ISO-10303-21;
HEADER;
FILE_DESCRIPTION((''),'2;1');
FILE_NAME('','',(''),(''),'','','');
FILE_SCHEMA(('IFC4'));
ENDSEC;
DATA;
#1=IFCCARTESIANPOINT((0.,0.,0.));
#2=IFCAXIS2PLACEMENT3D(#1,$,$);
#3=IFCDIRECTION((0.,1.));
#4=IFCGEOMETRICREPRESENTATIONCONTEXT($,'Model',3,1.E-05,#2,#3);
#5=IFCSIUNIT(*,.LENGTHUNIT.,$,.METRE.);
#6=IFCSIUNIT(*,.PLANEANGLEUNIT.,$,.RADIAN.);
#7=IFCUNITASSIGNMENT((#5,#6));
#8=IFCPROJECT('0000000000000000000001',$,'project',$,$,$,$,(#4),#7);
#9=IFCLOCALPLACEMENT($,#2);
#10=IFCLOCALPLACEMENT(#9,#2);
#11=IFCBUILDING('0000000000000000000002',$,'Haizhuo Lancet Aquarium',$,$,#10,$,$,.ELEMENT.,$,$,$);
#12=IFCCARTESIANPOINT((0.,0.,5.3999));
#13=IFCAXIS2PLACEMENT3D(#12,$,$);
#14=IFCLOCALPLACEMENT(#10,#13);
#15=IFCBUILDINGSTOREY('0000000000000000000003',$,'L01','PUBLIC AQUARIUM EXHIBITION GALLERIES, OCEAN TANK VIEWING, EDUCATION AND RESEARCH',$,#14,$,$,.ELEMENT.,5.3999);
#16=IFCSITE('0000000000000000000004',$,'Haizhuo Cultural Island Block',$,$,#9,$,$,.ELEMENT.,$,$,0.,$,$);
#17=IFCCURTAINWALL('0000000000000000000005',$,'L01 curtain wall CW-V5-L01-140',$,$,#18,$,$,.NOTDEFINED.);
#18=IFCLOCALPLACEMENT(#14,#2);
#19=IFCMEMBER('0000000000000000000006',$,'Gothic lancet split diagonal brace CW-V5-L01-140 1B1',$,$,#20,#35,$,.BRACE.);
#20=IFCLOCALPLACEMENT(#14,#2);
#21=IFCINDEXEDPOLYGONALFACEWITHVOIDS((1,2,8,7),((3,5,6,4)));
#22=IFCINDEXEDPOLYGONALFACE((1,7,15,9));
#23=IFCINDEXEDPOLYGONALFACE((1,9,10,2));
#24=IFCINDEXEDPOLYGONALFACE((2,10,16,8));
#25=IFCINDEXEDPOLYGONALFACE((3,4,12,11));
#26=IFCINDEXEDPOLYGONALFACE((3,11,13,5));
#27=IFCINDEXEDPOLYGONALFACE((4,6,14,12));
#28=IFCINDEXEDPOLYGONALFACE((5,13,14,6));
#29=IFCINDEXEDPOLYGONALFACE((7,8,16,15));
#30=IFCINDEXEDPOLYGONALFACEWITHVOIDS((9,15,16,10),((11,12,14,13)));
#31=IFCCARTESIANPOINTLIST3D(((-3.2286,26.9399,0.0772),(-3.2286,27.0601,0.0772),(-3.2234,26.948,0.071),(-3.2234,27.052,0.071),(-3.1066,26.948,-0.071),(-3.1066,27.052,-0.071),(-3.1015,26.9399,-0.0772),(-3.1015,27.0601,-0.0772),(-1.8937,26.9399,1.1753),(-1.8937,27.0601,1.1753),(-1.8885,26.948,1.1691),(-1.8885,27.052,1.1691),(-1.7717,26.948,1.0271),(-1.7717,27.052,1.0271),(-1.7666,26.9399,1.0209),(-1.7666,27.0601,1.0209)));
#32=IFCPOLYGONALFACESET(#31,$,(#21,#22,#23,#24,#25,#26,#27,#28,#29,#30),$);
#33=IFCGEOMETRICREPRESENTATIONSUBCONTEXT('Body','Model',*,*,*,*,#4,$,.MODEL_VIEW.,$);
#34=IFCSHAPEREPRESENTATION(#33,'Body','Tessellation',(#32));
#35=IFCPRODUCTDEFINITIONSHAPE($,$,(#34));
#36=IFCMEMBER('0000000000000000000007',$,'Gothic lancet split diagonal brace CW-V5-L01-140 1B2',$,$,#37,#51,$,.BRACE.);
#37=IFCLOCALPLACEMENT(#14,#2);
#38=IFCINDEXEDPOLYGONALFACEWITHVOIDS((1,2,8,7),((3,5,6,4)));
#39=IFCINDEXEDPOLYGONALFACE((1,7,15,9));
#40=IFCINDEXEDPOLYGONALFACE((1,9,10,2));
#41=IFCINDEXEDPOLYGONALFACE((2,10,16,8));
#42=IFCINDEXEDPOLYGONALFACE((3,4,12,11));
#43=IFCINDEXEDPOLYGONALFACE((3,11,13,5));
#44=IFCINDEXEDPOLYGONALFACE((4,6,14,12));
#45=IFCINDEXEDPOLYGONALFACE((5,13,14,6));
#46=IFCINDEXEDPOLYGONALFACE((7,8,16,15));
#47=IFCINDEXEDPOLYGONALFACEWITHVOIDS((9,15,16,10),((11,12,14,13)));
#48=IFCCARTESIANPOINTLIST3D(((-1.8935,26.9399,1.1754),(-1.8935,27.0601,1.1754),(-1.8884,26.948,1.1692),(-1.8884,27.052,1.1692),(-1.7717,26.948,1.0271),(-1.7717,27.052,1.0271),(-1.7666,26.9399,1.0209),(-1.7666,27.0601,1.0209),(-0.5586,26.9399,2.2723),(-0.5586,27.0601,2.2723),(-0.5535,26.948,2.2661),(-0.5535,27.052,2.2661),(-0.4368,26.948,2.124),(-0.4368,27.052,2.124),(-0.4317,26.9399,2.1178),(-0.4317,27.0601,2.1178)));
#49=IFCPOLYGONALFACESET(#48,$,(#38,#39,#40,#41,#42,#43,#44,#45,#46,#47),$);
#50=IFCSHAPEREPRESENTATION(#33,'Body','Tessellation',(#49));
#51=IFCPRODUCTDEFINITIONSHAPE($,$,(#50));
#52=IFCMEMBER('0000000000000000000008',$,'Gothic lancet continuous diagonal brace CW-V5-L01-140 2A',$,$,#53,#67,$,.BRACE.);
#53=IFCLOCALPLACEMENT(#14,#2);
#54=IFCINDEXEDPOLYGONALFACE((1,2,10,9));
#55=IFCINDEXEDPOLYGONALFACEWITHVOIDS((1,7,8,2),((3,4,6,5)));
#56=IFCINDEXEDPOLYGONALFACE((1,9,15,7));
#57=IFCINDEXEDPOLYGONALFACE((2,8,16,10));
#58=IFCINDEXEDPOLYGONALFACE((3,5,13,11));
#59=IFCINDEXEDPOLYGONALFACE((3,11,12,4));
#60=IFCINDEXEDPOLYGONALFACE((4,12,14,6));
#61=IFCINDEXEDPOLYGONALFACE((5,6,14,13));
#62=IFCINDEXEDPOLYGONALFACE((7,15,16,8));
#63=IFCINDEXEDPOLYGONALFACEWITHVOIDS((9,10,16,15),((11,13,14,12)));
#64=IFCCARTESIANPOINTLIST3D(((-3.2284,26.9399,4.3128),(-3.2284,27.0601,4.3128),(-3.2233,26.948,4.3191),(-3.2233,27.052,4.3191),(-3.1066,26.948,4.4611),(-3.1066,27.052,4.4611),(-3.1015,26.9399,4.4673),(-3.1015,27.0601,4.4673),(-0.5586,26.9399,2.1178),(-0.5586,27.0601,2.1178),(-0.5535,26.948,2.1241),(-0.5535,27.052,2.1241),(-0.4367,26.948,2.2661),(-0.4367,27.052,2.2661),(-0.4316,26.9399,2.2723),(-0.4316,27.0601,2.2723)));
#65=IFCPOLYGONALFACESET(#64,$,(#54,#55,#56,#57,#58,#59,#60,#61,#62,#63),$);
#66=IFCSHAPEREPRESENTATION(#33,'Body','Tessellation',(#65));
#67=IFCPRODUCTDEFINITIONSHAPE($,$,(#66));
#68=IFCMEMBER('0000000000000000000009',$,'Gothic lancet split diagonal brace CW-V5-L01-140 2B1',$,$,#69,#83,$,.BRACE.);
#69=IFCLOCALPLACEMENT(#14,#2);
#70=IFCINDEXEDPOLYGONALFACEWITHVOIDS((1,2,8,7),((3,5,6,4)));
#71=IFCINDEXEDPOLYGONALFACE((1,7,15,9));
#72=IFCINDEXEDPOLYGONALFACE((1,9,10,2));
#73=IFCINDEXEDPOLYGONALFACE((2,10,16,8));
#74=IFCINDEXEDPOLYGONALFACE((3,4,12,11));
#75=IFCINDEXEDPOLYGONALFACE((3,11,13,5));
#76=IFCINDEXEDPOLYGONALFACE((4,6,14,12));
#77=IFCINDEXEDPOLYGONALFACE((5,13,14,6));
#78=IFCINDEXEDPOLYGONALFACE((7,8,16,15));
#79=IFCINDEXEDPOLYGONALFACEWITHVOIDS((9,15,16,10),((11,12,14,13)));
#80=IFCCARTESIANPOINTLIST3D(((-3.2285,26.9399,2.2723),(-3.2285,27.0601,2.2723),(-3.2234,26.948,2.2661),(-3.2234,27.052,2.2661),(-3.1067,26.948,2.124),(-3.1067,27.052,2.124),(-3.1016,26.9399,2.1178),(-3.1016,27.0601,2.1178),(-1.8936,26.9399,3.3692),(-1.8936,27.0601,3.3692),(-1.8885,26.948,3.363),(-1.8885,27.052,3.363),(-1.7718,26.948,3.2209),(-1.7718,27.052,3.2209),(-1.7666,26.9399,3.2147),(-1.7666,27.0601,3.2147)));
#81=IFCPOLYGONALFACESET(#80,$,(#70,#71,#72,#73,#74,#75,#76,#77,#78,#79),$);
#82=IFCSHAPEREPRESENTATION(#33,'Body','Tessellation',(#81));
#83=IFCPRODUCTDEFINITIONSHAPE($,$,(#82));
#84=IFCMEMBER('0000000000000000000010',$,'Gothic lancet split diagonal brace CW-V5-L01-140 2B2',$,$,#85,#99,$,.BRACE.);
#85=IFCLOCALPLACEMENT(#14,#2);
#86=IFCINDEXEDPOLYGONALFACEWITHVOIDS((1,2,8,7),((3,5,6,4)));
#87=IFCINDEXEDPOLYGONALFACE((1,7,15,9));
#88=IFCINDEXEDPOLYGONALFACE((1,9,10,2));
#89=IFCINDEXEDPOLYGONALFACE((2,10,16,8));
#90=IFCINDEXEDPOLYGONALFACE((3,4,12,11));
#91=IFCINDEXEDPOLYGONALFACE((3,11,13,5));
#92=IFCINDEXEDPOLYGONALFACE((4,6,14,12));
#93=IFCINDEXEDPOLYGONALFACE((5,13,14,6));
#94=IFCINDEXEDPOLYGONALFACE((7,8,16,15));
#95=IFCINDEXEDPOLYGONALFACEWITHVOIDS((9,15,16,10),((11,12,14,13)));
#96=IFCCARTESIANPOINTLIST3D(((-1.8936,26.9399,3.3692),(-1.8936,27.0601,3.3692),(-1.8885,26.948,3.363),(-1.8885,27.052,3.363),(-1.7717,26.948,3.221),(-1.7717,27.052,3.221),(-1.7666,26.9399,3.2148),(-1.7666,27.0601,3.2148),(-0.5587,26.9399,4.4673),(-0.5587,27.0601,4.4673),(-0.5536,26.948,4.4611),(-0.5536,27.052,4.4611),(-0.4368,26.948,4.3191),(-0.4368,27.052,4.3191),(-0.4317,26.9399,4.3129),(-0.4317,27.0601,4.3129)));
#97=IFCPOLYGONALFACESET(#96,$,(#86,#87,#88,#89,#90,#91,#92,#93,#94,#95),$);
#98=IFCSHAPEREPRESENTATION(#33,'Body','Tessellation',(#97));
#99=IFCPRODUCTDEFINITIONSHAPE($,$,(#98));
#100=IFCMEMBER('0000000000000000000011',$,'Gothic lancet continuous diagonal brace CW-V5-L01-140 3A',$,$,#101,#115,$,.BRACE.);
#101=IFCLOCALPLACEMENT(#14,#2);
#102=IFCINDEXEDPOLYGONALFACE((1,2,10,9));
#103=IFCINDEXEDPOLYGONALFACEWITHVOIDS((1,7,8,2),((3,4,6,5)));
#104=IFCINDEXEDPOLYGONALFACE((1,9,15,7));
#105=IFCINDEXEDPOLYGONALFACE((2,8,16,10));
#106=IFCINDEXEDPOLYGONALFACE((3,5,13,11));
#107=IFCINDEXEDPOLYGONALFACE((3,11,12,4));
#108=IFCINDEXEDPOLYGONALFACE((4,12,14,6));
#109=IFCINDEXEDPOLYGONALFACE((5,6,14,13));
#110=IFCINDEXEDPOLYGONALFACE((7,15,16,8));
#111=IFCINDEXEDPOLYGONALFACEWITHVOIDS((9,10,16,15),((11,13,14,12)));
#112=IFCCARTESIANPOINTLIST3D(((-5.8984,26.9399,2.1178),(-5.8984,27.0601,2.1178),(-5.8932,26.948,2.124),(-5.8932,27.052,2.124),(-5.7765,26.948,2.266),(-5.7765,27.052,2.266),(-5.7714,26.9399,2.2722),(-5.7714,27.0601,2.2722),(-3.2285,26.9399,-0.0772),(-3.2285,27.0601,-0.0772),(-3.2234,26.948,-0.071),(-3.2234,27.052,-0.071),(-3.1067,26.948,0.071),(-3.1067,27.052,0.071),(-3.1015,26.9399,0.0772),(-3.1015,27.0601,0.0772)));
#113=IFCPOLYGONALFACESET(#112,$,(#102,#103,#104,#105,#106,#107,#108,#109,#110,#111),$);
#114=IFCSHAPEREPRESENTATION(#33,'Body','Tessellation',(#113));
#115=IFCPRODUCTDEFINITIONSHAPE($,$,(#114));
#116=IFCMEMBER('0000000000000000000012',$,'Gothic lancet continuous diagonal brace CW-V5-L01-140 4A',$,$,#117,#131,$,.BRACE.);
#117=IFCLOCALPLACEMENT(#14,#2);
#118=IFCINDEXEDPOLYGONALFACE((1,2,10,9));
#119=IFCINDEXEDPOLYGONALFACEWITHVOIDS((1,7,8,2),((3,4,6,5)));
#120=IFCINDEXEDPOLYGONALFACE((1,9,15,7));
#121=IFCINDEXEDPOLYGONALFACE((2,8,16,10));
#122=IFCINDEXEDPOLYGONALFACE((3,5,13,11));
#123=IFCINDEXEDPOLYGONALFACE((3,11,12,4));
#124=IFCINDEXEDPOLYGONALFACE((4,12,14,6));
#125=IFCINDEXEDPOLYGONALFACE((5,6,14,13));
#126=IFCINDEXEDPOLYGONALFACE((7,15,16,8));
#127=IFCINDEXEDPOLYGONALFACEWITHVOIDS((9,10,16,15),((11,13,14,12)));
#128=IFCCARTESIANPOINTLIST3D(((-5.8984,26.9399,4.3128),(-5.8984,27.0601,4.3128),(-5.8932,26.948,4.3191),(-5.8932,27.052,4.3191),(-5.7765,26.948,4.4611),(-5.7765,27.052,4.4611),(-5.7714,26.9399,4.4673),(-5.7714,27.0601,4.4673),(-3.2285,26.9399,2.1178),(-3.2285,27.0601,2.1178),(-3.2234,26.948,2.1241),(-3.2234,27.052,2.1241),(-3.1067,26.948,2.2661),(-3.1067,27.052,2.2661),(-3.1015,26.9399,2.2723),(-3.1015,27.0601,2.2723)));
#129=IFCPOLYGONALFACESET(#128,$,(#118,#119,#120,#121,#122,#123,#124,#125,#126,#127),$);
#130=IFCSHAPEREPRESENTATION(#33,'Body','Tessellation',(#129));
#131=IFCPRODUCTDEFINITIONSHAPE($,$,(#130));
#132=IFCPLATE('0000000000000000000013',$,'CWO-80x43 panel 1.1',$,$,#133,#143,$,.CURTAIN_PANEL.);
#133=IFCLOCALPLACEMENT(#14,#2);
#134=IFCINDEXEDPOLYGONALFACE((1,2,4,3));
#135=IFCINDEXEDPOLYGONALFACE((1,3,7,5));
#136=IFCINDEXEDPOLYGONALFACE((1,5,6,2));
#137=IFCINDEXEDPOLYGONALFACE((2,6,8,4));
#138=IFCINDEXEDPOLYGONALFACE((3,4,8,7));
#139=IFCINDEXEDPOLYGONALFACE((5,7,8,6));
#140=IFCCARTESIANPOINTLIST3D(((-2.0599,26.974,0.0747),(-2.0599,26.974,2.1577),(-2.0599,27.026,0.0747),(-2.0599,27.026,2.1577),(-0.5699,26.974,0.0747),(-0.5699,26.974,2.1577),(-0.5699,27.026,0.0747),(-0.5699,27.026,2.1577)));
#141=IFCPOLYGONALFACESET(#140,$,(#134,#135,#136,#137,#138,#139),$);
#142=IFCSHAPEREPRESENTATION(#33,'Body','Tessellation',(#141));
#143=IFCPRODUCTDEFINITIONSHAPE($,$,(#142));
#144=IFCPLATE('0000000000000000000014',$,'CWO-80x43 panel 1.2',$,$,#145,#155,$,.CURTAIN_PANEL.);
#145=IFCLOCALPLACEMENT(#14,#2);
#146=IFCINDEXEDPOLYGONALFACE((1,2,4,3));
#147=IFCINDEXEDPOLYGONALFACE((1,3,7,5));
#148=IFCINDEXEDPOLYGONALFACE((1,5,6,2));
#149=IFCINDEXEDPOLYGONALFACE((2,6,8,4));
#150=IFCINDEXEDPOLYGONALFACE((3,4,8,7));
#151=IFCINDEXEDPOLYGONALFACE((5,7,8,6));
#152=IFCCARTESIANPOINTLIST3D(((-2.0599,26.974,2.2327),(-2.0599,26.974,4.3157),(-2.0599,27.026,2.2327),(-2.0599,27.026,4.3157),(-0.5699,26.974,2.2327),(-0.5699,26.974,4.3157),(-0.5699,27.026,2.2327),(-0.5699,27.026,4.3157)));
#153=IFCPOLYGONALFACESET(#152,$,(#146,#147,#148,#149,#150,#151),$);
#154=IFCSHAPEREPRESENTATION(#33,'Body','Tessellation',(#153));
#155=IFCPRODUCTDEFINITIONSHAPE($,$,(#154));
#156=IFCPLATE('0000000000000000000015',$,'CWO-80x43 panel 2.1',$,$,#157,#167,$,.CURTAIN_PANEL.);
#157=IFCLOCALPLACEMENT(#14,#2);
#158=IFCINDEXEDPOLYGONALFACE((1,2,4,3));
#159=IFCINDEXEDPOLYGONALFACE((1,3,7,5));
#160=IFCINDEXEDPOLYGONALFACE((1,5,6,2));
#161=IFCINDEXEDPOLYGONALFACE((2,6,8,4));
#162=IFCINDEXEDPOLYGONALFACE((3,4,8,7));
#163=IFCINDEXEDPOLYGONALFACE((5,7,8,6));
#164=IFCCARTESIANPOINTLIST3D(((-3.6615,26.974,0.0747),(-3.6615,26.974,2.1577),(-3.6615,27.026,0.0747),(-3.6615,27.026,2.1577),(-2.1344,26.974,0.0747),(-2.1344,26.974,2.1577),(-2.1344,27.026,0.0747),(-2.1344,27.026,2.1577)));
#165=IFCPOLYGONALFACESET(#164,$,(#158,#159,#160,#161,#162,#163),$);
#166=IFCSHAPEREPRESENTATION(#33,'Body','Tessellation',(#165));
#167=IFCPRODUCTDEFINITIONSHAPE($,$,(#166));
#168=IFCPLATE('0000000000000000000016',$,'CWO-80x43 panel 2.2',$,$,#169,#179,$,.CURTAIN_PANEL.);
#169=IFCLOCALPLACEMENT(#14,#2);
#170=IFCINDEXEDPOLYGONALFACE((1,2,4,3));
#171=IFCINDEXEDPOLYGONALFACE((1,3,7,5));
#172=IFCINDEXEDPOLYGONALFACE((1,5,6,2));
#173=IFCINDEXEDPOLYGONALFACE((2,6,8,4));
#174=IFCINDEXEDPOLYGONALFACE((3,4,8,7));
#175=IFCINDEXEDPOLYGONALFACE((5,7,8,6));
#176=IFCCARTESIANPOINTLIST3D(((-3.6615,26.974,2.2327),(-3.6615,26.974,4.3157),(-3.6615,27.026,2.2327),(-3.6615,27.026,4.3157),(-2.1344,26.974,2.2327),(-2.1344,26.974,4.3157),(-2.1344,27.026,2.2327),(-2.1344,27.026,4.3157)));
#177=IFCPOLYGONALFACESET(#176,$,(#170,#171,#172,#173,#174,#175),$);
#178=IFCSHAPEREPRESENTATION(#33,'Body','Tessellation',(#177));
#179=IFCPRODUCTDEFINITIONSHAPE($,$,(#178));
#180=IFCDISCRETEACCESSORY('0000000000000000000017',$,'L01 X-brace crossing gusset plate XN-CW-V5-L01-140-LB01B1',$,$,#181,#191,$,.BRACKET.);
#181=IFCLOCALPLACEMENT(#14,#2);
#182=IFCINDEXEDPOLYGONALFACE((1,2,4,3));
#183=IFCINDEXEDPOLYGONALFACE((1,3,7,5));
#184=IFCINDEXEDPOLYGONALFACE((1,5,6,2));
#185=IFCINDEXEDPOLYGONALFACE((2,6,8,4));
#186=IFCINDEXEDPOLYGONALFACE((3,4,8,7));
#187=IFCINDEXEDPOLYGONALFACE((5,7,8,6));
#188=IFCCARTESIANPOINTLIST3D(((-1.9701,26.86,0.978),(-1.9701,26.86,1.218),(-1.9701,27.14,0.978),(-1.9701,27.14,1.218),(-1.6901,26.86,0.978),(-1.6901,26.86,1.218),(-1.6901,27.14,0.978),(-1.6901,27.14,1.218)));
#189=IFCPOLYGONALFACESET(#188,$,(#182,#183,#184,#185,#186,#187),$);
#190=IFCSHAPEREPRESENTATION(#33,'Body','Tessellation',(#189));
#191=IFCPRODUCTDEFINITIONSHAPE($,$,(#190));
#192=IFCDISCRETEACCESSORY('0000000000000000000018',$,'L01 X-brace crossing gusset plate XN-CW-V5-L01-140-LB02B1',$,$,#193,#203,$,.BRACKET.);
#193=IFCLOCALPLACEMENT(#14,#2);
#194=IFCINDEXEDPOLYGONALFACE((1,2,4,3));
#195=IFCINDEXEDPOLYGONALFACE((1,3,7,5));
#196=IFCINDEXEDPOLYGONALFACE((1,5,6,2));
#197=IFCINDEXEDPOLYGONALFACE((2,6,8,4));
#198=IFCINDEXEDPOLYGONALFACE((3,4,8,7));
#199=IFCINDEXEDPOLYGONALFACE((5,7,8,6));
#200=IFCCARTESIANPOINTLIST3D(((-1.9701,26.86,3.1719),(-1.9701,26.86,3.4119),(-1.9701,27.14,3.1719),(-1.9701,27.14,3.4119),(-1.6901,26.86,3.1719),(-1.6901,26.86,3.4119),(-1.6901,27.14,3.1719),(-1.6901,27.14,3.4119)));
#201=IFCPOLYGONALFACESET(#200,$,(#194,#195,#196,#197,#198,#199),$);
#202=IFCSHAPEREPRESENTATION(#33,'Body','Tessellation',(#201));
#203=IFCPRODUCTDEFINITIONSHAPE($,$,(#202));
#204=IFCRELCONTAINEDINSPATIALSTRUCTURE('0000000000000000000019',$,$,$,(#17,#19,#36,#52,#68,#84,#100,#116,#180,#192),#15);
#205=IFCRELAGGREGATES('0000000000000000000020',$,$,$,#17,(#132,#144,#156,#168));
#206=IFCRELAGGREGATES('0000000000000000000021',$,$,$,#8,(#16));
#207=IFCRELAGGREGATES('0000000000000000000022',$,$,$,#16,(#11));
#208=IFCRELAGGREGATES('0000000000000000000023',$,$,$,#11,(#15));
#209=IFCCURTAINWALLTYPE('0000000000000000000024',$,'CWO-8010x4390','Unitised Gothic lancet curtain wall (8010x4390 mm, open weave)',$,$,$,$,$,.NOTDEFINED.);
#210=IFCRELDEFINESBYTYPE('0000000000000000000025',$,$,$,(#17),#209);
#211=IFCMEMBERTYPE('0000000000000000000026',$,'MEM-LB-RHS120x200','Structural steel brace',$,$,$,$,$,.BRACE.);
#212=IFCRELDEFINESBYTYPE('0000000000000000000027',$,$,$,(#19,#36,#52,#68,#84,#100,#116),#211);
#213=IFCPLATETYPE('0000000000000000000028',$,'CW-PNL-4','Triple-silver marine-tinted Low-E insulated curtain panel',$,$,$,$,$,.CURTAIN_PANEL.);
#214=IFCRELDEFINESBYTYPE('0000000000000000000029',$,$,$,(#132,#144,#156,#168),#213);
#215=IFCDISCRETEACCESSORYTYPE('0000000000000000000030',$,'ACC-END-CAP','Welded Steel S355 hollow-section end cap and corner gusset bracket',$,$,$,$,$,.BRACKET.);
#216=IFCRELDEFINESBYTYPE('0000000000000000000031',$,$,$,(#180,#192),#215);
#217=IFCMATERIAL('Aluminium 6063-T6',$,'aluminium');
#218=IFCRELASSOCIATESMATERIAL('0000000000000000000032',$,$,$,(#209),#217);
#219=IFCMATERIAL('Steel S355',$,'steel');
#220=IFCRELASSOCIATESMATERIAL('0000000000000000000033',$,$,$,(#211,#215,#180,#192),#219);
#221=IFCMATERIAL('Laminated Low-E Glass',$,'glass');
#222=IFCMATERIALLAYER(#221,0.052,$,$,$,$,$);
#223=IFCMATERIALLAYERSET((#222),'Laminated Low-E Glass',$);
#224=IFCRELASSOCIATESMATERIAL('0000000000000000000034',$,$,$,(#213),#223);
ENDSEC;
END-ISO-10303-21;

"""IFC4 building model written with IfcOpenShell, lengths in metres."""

from ifc_helpers import new_model, si_unit, direction, frame, origin, origin_2d, place, context, subcontext, project, spatial, rectangle, hollow_rectangle, extrude, material, layer, layer_set, material_profile, profile_set, type_object, element, aggregate, save


model = new_model("IFC4")

# Units and contexts
model_context = context("Model", 3, precision=1e-05, world=origin(), true_north=direction((0.0, 1.0)))
body_context = subcontext(model_context, "Body", "Model", "MODEL_VIEW")
ifc_project = project(units=[si_unit("LENGTHUNIT", "METRE"), si_unit("PLANEANGLEUNIT", "RADIAN")], contexts=[model_context])

# Site, building, storey
site_placement = place(None, origin())
site = spatial("IfcSite", under=ifc_project, at=site_placement, Name="Haizhuo Cultural Island Block", CompositionType="ELEMENT", RefElevation=0.0)
building_placement = place(site_placement, origin())
building = spatial("IfcBuilding", under=site, at=building_placement, Name="Haizhuo Lancet Aquarium", CompositionType="ELEMENT")
storey_placement = place(building_placement, frame((0.0, 0.0, 5.3999)))
storey = spatial("IfcBuildingStorey", under=building, at=storey_placement, Name="L01", Description="PUBLIC AQUARIUM EXHIBITION GALLERIES, OCEAN TANK VIEWING, EDUCATION AND RESEARCH", CompositionType="ELEMENT", Elevation=5.3999)

# Curtain wall
ifc_material_1 = material(Name="Aluminium 6063-T6", Category="aluminium")
curtain_wall_type = type_object("IfcCurtainWallType", Name="CWO-8010x4390", Description="Unitised Gothic lancet curtain wall (8010x4390 mm, open weave)", PredefinedType="NOTDEFINED", material=ifc_material_1)
curtain_wall_placement = place(storey_placement, origin())
curtain_wall = element("IfcCurtainWall", 1, at=curtain_wall_placement, inside=storey, type_object=curtain_wall_type, Name="L01 curtain wall CW-V5-L01-140", PredefinedType="NOTDEFINED")

# Members
ifc_material_2 = material(Name="Steel S355", Category="steel")
ifc_material_profile_1 = material_profile(ifc_material_2, hollow_rectangle(XDim=0.1201, YDim=0.2, WallThickness=0.0081, at=origin_2d()), Name="RHS 120x200x8")
ifc_profile_set_1 = profile_set([ifc_material_profile_1], Name="Steel S355")
member_type_1 = type_object("IfcMemberType", Name="MEM-LB-RHS120x200", Description="Structural steel brace", PredefinedType="BRACE", material=ifc_profile_set_1)
member_1_placement = place(storey_placement, frame((-3.165, 27.0, 0.0), z_axis=(0.772281, 0.0, 0.635281), x_axis=(0.0, 1.0, 0.0)))
element("IfcMember", 2, at=member_1_placement, inside=storey, type_object=member_type_1, Name="Gothic lancet split diagonal brace CW-V5-L01-140 1B1", PredefinedType="BRACE", context=body_context, shape_type="SweptSolid", body=[
    extrude(hollow_rectangle(XDim=0.1201, YDim=0.2, WallThickness=0.0081, at=origin_2d()), origin(), (0.0, 0.0, 1.0), 1.7285),
])
member_2_placement = place(storey_placement, frame((-1.8301, 27.0, 1.0981), z_axis=(0.772627, 0.0, 0.63486), x_axis=(0.0, 1.0, 0.0)))
element("IfcMember", 3, at=member_2_placement, inside=storey, type_object=member_type_1, Name="Gothic lancet split diagonal brace CW-V5-L01-140 1B2", PredefinedType="BRACE", context=body_context, shape_type="SweptSolid", body=[
    extrude(hollow_rectangle(XDim=0.1201, YDim=0.2, WallThickness=0.0081, at=origin_2d()), origin(), (0.0, 0.0, 1.0), 1.7278),
])
member_3_placement = place(storey_placement, frame((-0.4951, 27.0, 2.1951), z_axis=(-0.772454, 0.0, 0.635071), x_axis=(0.0, -1.0, 0.0)))
element("IfcMember", 4, at=member_3_placement, inside=storey, type_object=member_type_1, Name="Gothic lancet continuous diagonal brace CW-V5-L01-140 2A", PredefinedType="BRACE", context=body_context, shape_type="SweptSolid", body=[
    extrude(hollow_rectangle(XDim=0.1201, YDim=0.2, WallThickness=0.0081, at=origin_2d()), origin(), (0.0, 0.0, 1.0), 3.4563),
])
member_4_placement = place(storey_placement, frame((-3.165, 27.0, 2.1951), z_axis=(0.772627, 0.0, 0.63486), x_axis=(0.0, 1.0, 0.0)))
element("IfcMember", 5, at=member_4_placement, inside=storey, type_object=member_type_1, Name="Gothic lancet split diagonal brace CW-V5-L01-140 2B1", PredefinedType="BRACE", context=body_context, shape_type="SweptSolid", body=[
    extrude(hollow_rectangle(XDim=0.1201, YDim=0.2, WallThickness=0.0081, at=origin_2d()), origin(), (0.0, 0.0, 1.0), 1.7278),
])
member_5_placement = place(storey_placement, frame((-1.8301, 27.0, 3.292), z_axis=(0.772281, 0.0, 0.635281), x_axis=(0.0, 1.0, 0.0)))
element("IfcMember", 6, at=member_5_placement, inside=storey, type_object=member_type_1, Name="Gothic lancet split diagonal brace CW-V5-L01-140 2B2", PredefinedType="BRACE", context=body_context, shape_type="SweptSolid", body=[
    extrude(hollow_rectangle(XDim=0.1201, YDim=0.2, WallThickness=0.0081, at=origin_2d()), origin(), (0.0, 0.0, 1.0), 1.7285),
])
for number, where, z_axis, x_axis, name in (
    (7, (-3.165, 27.0, 0.0), (-0.772454, 0.0, 0.635071), (0.0, -1.0, 0.0), "Gothic lancet continuous diagonal brace CW-V5-L01-140 3A"),
    (8, (-3.165, 27.0, 2.1951), (-0.772454, 0.0, 0.635071), (0.0, -1.0, 0.0), "Gothic lancet continuous diagonal brace CW-V5-L01-140 4A"),
):
    element("IfcMember", number, at=place(storey_placement, frame(where, z_axis=z_axis, x_axis=x_axis)), inside=storey, type_object=member_type_1, Name=name, PredefinedType="BRACE", context=body_context, shape_type="SweptSolid", body=[
        extrude(hollow_rectangle(XDim=0.1201, YDim=0.2, WallThickness=0.0081, at=origin_2d()), origin(), (0.0, 0.0, 1.0), 3.4563),
    ])

# Plates
ifc_material_3 = material(Name="Laminated Low-E Glass", Category="glass")
ifc_layer = layer(ifc_material_3, 0.052)
ifc_layer_set = layer_set([ifc_layer], Name="Laminated Low-E Glass")
plate_type = type_object("IfcPlateType", Name="CW-PNL-4", Description="Triple-silver marine-tinted Low-E insulated curtain panel", PredefinedType="CURTAIN_PANEL", material=ifc_layer_set)
plate_1_placement = place(storey_placement, frame((-1.3149, 27.0, 0.0747), z_axis=(0.0, 0.0, 1.0), x_axis=(-1.0, 0.0, 0.0)))
plate_1 = element("IfcPlate", 9, at=plate_1_placement, type_object=plate_type, Name="CWO-80x43 panel 1.1", PredefinedType="CURTAIN_PANEL", context=body_context, shape_type="SweptSolid", body=[
    extrude(rectangle(XDim=1.49, YDim=0.052, at=origin_2d()), origin(), (0.0, 0.0, 1.0), 2.083),
])
plate_2_placement = place(storey_placement, frame((-1.3149, 27.0, 2.2327), z_axis=(0.0, 0.0, 1.0), x_axis=(-1.0, 0.0, 0.0)))
plate_2 = element("IfcPlate", 10, at=plate_2_placement, type_object=plate_type, Name="CWO-80x43 panel 1.2", PredefinedType="CURTAIN_PANEL", context=body_context, shape_type="SweptSolid", body=[
    extrude(rectangle(XDim=1.49, YDim=0.052, at=origin_2d()), origin(), (0.0, 0.0, 1.0), 2.083),
])
plate_3_placement = place(storey_placement, frame((-2.8979, 27.0, 0.0747), z_axis=(0.0, 0.0, 1.0), x_axis=(-1.0, 0.0, 0.0)))
plate_3 = element("IfcPlate", 11, at=plate_3_placement, type_object=plate_type, Name="CWO-80x43 panel 2.1", PredefinedType="CURTAIN_PANEL", context=body_context, shape_type="SweptSolid", body=[
    extrude(rectangle(XDim=1.5271, YDim=0.052, at=origin_2d()), origin(), (0.0, 0.0, 1.0), 2.083),
])
plate_4_placement = place(storey_placement, frame((-2.8979, 27.0, 2.2327), z_axis=(0.0, 0.0, 1.0), x_axis=(-1.0, 0.0, 0.0)))
plate_4 = element("IfcPlate", 12, at=plate_4_placement, type_object=plate_type, Name="CWO-80x43 panel 2.2", PredefinedType="CURTAIN_PANEL", context=body_context, shape_type="SweptSolid", body=[
    extrude(rectangle(XDim=1.5271, YDim=0.052, at=origin_2d()), origin(), (0.0, 0.0, 1.0), 2.083),
])
aggregate(curtain_wall, [plate_1, plate_2, plate_3, plate_4])

# Discrete accessories
discrete_accessory_type = type_object("IfcDiscreteAccessoryType", Name="ACC-END-CAP", Description="Welded Steel S355 hollow-section end cap and corner gusset bracket", PredefinedType="BRACKET", material=ifc_material_2)
for number, where, z_axis, x_axis, name in (
    (13, (-1.8301, 27.0, 0.978), (0.0, 0.0, 1.0), (1.0, 0.0, 0.0), "L01 X-brace crossing gusset plate XN-CW-V5-L01-140-LB01B1"),
    (14, (-1.8301, 27.0, 3.1719), (0.0, 0.0, 1.0), (1.0, 0.0, 0.0), "L01 X-brace crossing gusset plate XN-CW-V5-L01-140-LB02B1"),
):
    element("IfcDiscreteAccessory", number, at=place(storey_placement, frame(where, z_axis=z_axis, x_axis=x_axis)), inside=storey, type_object=discrete_accessory_type, material=ifc_material_2, Name=name, PredefinedType="BRACKET", context=body_context, shape_type="SweptSolid", body=[
        extrude(rectangle(XDim=0.28, YDim=0.28, at=origin_2d()), origin(), (0.0, 0.0, 1.0), 0.24),
    ])

save(model, "model.ifc")
